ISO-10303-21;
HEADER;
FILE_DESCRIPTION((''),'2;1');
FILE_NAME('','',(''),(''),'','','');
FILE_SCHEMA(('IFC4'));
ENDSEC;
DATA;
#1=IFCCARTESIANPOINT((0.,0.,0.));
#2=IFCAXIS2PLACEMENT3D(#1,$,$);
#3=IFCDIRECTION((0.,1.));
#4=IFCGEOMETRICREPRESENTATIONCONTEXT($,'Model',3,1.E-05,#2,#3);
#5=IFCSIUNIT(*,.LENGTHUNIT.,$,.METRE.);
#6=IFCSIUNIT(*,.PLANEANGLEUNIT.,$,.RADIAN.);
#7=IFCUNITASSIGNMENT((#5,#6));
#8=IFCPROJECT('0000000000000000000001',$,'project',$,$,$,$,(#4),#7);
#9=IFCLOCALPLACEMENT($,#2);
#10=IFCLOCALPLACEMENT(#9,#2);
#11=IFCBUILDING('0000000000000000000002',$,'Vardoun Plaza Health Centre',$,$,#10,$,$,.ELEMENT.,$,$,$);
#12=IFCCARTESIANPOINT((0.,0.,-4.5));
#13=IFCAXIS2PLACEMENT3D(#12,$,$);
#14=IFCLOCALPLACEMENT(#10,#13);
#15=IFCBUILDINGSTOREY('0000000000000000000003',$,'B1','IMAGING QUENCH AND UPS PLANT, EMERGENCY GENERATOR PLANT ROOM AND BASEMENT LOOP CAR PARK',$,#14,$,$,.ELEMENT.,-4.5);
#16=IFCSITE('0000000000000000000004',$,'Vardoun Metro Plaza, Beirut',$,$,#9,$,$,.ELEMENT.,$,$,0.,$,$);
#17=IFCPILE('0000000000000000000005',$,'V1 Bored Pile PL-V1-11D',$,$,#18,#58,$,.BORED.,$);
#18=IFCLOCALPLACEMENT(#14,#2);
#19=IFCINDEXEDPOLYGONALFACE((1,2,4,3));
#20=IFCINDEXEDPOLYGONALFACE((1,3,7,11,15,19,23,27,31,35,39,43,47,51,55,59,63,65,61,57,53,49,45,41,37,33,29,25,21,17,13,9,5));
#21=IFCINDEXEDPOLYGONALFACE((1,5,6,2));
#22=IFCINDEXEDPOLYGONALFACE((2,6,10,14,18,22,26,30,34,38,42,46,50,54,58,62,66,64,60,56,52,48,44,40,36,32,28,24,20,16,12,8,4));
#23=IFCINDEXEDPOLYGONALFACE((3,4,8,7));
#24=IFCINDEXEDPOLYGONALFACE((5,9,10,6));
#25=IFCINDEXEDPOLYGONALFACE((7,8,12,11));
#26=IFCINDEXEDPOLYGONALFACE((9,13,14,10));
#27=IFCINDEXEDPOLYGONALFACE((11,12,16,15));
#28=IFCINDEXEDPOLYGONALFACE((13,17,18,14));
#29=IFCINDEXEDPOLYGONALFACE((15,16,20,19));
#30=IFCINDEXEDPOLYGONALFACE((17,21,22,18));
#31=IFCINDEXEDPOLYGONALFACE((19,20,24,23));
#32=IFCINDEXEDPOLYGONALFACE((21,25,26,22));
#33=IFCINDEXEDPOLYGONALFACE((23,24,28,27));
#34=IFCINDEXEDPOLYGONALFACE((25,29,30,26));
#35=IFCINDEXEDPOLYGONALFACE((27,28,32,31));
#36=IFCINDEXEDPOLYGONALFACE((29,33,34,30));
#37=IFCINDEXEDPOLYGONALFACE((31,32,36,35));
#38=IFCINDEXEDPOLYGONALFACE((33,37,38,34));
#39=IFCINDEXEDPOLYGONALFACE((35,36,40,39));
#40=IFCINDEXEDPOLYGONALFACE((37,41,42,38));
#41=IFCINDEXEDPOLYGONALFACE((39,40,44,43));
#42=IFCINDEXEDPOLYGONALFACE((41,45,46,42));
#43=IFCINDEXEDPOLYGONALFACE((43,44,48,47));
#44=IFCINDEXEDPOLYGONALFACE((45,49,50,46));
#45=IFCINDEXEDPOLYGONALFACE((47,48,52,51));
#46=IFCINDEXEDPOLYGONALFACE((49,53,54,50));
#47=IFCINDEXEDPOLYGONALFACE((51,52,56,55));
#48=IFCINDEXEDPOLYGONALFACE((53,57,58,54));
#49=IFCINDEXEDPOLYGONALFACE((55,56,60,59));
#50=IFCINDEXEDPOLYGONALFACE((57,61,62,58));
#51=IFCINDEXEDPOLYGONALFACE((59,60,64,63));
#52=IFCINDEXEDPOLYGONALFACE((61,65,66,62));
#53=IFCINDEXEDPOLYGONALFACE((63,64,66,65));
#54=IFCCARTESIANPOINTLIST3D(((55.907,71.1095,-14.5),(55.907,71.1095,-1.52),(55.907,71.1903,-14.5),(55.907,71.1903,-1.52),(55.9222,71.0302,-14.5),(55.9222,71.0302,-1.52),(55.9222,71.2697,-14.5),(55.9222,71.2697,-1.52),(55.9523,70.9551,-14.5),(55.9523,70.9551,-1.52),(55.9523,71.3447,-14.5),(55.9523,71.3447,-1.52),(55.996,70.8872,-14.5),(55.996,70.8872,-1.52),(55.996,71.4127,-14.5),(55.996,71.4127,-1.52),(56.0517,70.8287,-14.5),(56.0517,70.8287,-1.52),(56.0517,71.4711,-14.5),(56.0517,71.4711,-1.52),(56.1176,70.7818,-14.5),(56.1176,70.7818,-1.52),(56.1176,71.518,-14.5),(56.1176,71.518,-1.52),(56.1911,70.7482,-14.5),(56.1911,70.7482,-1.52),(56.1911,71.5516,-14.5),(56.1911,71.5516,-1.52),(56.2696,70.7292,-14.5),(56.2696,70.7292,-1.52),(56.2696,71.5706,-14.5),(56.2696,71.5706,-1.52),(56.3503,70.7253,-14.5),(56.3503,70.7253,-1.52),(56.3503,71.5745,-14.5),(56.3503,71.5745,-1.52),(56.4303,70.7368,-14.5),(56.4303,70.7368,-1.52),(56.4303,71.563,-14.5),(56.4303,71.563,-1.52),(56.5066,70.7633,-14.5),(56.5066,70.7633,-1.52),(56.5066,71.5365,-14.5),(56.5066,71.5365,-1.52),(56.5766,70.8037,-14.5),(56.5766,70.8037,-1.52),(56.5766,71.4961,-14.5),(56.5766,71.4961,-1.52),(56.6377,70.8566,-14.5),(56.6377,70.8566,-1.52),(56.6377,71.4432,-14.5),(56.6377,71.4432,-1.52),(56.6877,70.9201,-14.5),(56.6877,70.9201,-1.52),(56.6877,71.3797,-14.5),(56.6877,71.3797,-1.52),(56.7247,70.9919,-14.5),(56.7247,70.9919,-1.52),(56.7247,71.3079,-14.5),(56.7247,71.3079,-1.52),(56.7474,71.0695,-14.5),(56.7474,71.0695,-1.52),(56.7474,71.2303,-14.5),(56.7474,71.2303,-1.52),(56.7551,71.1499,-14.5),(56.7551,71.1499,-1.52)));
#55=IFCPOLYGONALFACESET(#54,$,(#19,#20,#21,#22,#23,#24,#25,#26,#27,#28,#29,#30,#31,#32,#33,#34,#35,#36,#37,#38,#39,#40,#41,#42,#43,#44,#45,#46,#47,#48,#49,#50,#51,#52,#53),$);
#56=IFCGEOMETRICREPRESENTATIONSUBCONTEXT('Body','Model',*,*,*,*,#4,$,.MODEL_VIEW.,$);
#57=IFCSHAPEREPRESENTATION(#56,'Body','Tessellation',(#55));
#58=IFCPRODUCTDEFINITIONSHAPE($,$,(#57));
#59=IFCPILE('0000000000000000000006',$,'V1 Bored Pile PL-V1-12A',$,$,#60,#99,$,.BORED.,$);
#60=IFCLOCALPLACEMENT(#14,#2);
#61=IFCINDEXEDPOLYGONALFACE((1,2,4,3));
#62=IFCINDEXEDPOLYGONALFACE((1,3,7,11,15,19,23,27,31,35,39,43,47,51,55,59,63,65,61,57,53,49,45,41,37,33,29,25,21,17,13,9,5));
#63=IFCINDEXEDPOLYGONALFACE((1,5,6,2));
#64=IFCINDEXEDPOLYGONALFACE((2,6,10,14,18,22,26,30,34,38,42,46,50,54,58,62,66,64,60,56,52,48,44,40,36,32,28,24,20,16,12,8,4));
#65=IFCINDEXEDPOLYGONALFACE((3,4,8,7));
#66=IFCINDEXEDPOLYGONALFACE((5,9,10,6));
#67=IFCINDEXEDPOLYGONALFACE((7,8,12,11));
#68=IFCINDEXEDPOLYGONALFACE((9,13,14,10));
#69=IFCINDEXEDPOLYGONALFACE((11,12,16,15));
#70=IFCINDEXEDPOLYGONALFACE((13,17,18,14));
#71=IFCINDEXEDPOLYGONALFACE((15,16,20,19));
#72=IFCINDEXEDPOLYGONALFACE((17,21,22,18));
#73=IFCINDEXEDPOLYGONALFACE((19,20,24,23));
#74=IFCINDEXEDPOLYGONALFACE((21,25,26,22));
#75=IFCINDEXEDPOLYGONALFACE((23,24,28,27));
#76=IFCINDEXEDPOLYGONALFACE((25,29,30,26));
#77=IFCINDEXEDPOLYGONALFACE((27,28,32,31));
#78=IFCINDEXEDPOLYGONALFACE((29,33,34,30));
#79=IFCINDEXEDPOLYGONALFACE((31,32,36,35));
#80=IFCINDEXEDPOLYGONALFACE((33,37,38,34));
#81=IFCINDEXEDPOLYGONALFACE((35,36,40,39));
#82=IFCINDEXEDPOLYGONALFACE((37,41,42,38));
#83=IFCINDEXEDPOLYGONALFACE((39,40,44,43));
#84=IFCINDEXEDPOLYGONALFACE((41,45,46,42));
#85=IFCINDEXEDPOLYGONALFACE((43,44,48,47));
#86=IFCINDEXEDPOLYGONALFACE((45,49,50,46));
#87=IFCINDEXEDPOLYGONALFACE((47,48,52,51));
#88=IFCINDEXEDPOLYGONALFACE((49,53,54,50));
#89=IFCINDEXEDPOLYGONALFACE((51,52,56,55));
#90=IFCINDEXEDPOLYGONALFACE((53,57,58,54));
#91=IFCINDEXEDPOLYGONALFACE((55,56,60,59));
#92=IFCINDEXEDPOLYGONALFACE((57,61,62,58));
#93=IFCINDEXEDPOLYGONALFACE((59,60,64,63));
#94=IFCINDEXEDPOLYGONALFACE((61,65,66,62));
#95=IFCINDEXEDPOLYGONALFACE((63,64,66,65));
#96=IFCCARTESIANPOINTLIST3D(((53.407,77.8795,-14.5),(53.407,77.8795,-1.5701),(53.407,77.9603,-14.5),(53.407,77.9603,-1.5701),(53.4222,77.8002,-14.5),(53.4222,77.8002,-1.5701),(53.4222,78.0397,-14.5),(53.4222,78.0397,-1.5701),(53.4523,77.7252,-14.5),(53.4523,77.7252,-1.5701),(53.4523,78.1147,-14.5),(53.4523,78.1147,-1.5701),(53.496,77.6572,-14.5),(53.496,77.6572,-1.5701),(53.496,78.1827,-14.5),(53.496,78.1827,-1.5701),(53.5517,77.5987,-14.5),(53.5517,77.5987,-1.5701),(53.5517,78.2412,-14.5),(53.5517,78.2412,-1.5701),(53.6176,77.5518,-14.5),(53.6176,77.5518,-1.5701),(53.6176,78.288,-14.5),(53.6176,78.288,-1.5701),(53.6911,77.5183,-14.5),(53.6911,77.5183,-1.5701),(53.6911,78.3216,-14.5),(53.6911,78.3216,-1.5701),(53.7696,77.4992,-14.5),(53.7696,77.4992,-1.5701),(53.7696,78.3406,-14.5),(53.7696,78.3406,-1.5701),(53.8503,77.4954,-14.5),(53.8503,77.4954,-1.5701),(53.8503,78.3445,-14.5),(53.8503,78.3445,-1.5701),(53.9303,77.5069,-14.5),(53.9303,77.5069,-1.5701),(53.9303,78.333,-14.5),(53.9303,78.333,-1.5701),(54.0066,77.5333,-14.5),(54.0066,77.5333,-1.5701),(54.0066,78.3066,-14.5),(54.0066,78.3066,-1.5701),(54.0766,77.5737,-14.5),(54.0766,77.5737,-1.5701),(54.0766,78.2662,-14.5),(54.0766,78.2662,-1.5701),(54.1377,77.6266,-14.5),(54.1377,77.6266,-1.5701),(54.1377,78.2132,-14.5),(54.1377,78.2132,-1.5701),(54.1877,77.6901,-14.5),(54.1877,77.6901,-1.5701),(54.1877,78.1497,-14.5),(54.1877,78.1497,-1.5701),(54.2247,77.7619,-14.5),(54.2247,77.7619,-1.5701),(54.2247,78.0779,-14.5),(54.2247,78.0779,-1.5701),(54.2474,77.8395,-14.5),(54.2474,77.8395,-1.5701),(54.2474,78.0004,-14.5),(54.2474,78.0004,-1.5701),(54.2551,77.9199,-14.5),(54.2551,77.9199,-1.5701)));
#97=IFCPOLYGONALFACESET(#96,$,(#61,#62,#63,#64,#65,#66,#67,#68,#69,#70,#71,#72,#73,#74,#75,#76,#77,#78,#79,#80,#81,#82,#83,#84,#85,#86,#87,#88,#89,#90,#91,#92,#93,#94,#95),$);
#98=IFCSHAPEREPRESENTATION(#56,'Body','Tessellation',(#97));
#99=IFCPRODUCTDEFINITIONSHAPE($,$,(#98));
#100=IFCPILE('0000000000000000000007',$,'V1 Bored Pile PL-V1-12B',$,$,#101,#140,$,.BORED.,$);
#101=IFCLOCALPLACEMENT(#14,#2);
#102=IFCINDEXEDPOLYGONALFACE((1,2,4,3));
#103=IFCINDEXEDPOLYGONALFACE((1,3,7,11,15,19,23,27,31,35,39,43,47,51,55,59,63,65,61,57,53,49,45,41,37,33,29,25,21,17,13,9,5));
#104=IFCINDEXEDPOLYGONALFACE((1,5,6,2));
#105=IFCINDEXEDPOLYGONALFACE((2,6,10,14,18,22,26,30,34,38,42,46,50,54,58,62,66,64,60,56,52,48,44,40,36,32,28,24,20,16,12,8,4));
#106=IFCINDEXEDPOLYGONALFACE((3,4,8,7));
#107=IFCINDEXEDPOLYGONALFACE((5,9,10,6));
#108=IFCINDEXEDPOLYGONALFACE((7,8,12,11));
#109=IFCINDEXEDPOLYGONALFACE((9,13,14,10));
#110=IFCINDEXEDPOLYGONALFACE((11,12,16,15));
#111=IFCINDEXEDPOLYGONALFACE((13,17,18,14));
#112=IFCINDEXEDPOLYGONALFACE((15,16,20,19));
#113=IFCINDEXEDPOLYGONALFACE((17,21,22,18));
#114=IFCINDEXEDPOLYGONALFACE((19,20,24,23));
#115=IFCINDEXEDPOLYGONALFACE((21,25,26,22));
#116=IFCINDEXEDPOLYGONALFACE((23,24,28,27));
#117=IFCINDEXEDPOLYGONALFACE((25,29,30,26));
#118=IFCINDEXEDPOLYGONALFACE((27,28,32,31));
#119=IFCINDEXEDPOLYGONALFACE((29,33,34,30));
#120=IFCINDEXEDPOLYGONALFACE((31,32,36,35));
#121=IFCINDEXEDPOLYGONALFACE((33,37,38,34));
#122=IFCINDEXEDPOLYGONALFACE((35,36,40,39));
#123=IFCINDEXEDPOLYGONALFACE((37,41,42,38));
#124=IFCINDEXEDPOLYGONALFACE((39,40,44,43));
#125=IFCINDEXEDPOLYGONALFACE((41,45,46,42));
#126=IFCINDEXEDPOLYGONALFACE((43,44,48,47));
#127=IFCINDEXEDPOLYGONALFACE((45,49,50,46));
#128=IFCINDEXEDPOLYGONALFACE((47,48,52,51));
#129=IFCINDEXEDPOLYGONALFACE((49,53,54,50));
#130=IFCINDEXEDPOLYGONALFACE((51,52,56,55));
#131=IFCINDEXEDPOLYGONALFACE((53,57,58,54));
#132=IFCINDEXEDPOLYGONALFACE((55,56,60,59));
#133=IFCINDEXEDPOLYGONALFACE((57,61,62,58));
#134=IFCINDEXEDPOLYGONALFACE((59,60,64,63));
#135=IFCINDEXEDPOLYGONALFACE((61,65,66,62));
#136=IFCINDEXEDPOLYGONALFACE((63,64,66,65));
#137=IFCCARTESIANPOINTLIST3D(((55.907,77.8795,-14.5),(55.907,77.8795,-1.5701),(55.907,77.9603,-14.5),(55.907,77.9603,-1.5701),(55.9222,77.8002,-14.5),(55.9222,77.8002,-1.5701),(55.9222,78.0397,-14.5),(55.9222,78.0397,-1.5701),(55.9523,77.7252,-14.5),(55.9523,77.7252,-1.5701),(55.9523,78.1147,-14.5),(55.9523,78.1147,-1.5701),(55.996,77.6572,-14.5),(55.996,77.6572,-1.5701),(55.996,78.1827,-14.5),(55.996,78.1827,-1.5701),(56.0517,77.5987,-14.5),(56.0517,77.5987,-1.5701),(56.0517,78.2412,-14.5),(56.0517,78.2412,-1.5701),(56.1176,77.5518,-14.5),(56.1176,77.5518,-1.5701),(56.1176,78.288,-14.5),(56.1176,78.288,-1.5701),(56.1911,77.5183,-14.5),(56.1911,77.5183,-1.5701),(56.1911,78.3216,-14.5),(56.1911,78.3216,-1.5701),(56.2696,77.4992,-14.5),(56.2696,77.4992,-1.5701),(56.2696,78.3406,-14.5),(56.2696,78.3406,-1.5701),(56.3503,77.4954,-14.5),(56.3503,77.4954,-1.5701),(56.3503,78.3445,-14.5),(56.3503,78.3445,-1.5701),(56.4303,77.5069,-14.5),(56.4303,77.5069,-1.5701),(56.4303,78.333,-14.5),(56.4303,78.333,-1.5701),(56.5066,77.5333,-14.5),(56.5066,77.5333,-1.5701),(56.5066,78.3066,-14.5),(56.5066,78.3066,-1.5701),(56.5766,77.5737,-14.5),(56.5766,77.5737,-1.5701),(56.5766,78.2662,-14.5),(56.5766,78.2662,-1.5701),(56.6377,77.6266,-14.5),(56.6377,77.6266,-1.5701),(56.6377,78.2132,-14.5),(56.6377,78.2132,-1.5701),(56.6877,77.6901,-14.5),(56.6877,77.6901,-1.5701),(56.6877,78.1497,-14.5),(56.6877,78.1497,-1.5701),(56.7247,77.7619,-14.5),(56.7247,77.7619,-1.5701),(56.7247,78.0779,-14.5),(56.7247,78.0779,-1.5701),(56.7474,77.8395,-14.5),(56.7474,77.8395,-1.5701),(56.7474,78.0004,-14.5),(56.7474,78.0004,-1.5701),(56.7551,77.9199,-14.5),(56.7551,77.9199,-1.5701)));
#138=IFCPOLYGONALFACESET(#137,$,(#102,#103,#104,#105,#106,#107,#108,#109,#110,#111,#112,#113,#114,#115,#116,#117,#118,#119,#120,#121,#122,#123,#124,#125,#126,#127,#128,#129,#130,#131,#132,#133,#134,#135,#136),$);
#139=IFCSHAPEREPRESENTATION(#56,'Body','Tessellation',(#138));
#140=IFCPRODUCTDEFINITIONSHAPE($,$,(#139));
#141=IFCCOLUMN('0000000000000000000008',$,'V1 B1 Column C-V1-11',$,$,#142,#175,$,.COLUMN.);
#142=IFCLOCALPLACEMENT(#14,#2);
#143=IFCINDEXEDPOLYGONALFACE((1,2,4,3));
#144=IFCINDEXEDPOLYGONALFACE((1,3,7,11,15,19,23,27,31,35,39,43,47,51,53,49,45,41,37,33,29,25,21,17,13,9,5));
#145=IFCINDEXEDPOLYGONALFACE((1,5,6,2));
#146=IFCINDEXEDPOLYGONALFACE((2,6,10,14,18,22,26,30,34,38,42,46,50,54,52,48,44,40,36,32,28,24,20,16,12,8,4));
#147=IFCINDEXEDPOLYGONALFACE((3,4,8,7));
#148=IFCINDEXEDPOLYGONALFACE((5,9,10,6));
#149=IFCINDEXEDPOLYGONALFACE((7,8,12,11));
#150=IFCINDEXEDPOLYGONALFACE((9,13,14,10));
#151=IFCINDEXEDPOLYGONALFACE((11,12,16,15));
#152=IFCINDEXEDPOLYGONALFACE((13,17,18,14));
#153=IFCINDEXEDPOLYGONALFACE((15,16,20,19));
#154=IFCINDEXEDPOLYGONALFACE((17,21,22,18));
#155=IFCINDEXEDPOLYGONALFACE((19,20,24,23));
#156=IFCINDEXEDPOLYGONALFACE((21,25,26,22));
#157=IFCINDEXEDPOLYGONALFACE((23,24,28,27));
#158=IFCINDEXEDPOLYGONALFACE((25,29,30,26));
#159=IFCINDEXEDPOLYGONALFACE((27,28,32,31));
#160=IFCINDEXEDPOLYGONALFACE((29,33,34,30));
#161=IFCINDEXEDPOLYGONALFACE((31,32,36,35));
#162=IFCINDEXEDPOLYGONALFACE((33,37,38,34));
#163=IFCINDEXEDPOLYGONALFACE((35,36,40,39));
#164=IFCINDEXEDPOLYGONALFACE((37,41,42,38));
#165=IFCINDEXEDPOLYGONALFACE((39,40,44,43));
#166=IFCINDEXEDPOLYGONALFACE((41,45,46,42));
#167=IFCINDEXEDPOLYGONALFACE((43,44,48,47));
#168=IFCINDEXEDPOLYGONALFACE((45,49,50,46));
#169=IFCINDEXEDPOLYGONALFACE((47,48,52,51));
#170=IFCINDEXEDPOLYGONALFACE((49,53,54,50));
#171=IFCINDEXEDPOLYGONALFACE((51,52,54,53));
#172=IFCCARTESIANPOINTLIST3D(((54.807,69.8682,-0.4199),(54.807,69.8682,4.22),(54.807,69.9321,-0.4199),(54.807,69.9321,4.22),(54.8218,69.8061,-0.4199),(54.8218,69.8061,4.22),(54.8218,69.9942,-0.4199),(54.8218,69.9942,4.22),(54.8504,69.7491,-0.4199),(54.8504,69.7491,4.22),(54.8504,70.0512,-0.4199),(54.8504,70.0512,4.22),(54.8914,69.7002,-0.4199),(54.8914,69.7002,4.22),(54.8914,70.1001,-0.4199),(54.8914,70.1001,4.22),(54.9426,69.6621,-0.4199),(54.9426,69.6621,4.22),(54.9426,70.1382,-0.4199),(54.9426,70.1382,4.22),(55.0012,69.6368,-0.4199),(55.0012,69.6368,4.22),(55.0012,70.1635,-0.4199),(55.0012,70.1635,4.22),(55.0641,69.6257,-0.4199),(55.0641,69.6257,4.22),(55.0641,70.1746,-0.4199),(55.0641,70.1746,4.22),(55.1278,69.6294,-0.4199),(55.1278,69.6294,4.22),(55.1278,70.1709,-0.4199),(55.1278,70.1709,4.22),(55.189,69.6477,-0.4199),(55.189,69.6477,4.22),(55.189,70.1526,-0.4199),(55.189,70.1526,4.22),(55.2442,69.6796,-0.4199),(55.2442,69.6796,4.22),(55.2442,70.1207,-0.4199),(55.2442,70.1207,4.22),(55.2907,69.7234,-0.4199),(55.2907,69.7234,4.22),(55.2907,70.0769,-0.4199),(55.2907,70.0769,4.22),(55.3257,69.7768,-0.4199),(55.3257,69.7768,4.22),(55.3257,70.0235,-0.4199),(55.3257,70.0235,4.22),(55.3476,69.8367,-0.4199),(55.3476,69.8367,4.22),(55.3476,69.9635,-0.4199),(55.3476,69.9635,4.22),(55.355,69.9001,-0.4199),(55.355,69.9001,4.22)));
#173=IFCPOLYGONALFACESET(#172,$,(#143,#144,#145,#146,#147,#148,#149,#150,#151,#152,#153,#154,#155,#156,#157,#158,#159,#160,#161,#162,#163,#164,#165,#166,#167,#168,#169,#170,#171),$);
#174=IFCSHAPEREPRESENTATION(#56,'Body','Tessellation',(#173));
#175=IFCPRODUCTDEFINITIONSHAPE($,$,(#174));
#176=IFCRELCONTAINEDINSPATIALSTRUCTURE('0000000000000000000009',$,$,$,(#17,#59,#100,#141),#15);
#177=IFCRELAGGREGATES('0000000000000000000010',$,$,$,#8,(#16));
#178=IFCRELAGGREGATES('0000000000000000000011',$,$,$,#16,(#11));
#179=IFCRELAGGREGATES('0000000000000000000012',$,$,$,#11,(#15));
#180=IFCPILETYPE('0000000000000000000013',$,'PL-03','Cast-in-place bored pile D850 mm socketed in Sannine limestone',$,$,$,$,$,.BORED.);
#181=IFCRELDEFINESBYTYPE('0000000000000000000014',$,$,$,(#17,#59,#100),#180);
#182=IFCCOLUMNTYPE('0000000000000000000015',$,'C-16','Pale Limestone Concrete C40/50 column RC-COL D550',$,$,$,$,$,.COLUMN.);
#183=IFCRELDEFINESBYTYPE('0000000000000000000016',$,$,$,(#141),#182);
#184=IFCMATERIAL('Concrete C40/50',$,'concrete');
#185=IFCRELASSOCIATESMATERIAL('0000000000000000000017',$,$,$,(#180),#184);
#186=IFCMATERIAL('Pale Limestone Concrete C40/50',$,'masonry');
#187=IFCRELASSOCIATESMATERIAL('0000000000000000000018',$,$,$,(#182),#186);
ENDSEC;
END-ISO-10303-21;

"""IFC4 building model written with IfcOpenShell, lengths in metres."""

from ifc_helpers import new_model, si_unit, direction, frame, origin, origin_2d, place, context, subcontext, project, spatial, circle, extrude, material, material_profile, profile_set, type_object, element, save


model = new_model("IFC4")

# Units and contexts
model_context = context("Model", 3, precision=1e-05, world=origin(), true_north=direction((0.0, 1.0)))
body_context = subcontext(model_context, "Body", "Model", "MODEL_VIEW")
ifc_project = project(units=[si_unit("LENGTHUNIT", "METRE"), si_unit("PLANEANGLEUNIT", "RADIAN")], contexts=[model_context])

# Site, building, storey
site_placement = place(None, origin())
site = spatial("IfcSite", under=ifc_project, at=site_placement, Name="Vardoun Metro Plaza, Beirut", CompositionType="ELEMENT", RefElevation=0.0)
building_placement = place(site_placement, origin())
building = spatial("IfcBuilding", under=site, at=building_placement, Name="Vardoun Plaza Health Centre", CompositionType="ELEMENT")
storey_placement = place(building_placement, frame((0.0, 0.0, -4.5)))
storey = spatial("IfcBuildingStorey", under=building, at=storey_placement, Name="B1", Description="IMAGING QUENCH AND UPS PLANT, EMERGENCY GENERATOR PLANT ROOM AND BASEMENT LOOP CAR PARK", CompositionType="ELEMENT", Elevation=-4.5)

# Piles
ifc_material_1 = material(Name="Concrete C40/50", Category="concrete")
ifc_material_profile_1 = material_profile(ifc_material_1, circle(Radius=0.425, at=origin_2d()), Name="PILE D850")
ifc_profile_set_1 = profile_set([ifc_material_profile_1], Name="Concrete C40/50")
pile_type_1 = type_object("IfcPileType", Name="PL-03", Description="Cast-in-place bored pile D850 mm socketed in Sannine limestone", PredefinedType="BORED", material=ifc_profile_set_1)
for number, where, z_axis, x_axis, name in (
    (1, (56.3301, 71.1499, -1.52), (0.0, 0.0, -1.0), (1.0, 0.0, 0.0), "V1 Bored Pile PL-V1-11D"),
):
    element("IfcPile", number, at=place(storey_placement, frame(where, z_axis=z_axis, x_axis=x_axis)), inside=storey, type_object=pile_type_1, Name=name, PredefinedType="BORED", context=body_context, shape_type="SweptSolid", body=[
        extrude(circle(Radius=0.425, at=origin_2d()), origin(), (0.0, 0.0, 1.0), 12.98),
    ])
for number, where, z_axis, x_axis, name in (
    (2, (53.8301, 77.9199, -1.5701), (0.0, 0.0, -1.0), (1.0, 0.0, 0.0), "V1 Bored Pile PL-V1-12A"),
    (3, (56.3301, 77.9199, -1.5701), (0.0, 0.0, -1.0), (1.0, 0.0, 0.0), "V1 Bored Pile PL-V1-12B"),
):
    element("IfcPile", number, at=place(storey_placement, frame(where, z_axis=z_axis, x_axis=x_axis)), inside=storey, type_object=pile_type_1, Name=name, PredefinedType="BORED", context=body_context, shape_type="SweptSolid", body=[
        extrude(circle(Radius=0.425, at=origin_2d()), origin(), (0.0, 0.0, 1.0), 12.9299),
    ])

# Column
ifc_material_2 = material(Name="Pale Limestone Concrete C40/50", Category="masonry")
ifc_material_profile_2 = material_profile(ifc_material_2, circle(Radius=0.2749, at=origin_2d()), Name="RC-COL D550")
ifc_profile_set_2 = profile_set([ifc_material_profile_2], Name="Pale Limestone Concrete C40/50")
column_type_1 = type_object("IfcColumnType", Name="C-16", Description="Pale Limestone Concrete C40/50 column RC-COL D550", PredefinedType="COLUMN", material=ifc_profile_set_2)
column_1_placement = place(storey_placement, frame((55.0801, 69.9001, -0.4199), z_axis=(0.0, 0.0, 1.0), x_axis=(1.0, 0.0, 0.0)))
element("IfcColumn", 4, at=column_1_placement, inside=storey, type_object=column_type_1, Name="V1 B1 Column C-V1-11", PredefinedType="COLUMN", context=body_context, shape_type="SweptSolid", body=[
    extrude(circle(Radius=0.2749, at=origin_2d()), origin(), (0.0, 0.0, 1.0), 4.6399),
])

save(model, "model.ifc")
